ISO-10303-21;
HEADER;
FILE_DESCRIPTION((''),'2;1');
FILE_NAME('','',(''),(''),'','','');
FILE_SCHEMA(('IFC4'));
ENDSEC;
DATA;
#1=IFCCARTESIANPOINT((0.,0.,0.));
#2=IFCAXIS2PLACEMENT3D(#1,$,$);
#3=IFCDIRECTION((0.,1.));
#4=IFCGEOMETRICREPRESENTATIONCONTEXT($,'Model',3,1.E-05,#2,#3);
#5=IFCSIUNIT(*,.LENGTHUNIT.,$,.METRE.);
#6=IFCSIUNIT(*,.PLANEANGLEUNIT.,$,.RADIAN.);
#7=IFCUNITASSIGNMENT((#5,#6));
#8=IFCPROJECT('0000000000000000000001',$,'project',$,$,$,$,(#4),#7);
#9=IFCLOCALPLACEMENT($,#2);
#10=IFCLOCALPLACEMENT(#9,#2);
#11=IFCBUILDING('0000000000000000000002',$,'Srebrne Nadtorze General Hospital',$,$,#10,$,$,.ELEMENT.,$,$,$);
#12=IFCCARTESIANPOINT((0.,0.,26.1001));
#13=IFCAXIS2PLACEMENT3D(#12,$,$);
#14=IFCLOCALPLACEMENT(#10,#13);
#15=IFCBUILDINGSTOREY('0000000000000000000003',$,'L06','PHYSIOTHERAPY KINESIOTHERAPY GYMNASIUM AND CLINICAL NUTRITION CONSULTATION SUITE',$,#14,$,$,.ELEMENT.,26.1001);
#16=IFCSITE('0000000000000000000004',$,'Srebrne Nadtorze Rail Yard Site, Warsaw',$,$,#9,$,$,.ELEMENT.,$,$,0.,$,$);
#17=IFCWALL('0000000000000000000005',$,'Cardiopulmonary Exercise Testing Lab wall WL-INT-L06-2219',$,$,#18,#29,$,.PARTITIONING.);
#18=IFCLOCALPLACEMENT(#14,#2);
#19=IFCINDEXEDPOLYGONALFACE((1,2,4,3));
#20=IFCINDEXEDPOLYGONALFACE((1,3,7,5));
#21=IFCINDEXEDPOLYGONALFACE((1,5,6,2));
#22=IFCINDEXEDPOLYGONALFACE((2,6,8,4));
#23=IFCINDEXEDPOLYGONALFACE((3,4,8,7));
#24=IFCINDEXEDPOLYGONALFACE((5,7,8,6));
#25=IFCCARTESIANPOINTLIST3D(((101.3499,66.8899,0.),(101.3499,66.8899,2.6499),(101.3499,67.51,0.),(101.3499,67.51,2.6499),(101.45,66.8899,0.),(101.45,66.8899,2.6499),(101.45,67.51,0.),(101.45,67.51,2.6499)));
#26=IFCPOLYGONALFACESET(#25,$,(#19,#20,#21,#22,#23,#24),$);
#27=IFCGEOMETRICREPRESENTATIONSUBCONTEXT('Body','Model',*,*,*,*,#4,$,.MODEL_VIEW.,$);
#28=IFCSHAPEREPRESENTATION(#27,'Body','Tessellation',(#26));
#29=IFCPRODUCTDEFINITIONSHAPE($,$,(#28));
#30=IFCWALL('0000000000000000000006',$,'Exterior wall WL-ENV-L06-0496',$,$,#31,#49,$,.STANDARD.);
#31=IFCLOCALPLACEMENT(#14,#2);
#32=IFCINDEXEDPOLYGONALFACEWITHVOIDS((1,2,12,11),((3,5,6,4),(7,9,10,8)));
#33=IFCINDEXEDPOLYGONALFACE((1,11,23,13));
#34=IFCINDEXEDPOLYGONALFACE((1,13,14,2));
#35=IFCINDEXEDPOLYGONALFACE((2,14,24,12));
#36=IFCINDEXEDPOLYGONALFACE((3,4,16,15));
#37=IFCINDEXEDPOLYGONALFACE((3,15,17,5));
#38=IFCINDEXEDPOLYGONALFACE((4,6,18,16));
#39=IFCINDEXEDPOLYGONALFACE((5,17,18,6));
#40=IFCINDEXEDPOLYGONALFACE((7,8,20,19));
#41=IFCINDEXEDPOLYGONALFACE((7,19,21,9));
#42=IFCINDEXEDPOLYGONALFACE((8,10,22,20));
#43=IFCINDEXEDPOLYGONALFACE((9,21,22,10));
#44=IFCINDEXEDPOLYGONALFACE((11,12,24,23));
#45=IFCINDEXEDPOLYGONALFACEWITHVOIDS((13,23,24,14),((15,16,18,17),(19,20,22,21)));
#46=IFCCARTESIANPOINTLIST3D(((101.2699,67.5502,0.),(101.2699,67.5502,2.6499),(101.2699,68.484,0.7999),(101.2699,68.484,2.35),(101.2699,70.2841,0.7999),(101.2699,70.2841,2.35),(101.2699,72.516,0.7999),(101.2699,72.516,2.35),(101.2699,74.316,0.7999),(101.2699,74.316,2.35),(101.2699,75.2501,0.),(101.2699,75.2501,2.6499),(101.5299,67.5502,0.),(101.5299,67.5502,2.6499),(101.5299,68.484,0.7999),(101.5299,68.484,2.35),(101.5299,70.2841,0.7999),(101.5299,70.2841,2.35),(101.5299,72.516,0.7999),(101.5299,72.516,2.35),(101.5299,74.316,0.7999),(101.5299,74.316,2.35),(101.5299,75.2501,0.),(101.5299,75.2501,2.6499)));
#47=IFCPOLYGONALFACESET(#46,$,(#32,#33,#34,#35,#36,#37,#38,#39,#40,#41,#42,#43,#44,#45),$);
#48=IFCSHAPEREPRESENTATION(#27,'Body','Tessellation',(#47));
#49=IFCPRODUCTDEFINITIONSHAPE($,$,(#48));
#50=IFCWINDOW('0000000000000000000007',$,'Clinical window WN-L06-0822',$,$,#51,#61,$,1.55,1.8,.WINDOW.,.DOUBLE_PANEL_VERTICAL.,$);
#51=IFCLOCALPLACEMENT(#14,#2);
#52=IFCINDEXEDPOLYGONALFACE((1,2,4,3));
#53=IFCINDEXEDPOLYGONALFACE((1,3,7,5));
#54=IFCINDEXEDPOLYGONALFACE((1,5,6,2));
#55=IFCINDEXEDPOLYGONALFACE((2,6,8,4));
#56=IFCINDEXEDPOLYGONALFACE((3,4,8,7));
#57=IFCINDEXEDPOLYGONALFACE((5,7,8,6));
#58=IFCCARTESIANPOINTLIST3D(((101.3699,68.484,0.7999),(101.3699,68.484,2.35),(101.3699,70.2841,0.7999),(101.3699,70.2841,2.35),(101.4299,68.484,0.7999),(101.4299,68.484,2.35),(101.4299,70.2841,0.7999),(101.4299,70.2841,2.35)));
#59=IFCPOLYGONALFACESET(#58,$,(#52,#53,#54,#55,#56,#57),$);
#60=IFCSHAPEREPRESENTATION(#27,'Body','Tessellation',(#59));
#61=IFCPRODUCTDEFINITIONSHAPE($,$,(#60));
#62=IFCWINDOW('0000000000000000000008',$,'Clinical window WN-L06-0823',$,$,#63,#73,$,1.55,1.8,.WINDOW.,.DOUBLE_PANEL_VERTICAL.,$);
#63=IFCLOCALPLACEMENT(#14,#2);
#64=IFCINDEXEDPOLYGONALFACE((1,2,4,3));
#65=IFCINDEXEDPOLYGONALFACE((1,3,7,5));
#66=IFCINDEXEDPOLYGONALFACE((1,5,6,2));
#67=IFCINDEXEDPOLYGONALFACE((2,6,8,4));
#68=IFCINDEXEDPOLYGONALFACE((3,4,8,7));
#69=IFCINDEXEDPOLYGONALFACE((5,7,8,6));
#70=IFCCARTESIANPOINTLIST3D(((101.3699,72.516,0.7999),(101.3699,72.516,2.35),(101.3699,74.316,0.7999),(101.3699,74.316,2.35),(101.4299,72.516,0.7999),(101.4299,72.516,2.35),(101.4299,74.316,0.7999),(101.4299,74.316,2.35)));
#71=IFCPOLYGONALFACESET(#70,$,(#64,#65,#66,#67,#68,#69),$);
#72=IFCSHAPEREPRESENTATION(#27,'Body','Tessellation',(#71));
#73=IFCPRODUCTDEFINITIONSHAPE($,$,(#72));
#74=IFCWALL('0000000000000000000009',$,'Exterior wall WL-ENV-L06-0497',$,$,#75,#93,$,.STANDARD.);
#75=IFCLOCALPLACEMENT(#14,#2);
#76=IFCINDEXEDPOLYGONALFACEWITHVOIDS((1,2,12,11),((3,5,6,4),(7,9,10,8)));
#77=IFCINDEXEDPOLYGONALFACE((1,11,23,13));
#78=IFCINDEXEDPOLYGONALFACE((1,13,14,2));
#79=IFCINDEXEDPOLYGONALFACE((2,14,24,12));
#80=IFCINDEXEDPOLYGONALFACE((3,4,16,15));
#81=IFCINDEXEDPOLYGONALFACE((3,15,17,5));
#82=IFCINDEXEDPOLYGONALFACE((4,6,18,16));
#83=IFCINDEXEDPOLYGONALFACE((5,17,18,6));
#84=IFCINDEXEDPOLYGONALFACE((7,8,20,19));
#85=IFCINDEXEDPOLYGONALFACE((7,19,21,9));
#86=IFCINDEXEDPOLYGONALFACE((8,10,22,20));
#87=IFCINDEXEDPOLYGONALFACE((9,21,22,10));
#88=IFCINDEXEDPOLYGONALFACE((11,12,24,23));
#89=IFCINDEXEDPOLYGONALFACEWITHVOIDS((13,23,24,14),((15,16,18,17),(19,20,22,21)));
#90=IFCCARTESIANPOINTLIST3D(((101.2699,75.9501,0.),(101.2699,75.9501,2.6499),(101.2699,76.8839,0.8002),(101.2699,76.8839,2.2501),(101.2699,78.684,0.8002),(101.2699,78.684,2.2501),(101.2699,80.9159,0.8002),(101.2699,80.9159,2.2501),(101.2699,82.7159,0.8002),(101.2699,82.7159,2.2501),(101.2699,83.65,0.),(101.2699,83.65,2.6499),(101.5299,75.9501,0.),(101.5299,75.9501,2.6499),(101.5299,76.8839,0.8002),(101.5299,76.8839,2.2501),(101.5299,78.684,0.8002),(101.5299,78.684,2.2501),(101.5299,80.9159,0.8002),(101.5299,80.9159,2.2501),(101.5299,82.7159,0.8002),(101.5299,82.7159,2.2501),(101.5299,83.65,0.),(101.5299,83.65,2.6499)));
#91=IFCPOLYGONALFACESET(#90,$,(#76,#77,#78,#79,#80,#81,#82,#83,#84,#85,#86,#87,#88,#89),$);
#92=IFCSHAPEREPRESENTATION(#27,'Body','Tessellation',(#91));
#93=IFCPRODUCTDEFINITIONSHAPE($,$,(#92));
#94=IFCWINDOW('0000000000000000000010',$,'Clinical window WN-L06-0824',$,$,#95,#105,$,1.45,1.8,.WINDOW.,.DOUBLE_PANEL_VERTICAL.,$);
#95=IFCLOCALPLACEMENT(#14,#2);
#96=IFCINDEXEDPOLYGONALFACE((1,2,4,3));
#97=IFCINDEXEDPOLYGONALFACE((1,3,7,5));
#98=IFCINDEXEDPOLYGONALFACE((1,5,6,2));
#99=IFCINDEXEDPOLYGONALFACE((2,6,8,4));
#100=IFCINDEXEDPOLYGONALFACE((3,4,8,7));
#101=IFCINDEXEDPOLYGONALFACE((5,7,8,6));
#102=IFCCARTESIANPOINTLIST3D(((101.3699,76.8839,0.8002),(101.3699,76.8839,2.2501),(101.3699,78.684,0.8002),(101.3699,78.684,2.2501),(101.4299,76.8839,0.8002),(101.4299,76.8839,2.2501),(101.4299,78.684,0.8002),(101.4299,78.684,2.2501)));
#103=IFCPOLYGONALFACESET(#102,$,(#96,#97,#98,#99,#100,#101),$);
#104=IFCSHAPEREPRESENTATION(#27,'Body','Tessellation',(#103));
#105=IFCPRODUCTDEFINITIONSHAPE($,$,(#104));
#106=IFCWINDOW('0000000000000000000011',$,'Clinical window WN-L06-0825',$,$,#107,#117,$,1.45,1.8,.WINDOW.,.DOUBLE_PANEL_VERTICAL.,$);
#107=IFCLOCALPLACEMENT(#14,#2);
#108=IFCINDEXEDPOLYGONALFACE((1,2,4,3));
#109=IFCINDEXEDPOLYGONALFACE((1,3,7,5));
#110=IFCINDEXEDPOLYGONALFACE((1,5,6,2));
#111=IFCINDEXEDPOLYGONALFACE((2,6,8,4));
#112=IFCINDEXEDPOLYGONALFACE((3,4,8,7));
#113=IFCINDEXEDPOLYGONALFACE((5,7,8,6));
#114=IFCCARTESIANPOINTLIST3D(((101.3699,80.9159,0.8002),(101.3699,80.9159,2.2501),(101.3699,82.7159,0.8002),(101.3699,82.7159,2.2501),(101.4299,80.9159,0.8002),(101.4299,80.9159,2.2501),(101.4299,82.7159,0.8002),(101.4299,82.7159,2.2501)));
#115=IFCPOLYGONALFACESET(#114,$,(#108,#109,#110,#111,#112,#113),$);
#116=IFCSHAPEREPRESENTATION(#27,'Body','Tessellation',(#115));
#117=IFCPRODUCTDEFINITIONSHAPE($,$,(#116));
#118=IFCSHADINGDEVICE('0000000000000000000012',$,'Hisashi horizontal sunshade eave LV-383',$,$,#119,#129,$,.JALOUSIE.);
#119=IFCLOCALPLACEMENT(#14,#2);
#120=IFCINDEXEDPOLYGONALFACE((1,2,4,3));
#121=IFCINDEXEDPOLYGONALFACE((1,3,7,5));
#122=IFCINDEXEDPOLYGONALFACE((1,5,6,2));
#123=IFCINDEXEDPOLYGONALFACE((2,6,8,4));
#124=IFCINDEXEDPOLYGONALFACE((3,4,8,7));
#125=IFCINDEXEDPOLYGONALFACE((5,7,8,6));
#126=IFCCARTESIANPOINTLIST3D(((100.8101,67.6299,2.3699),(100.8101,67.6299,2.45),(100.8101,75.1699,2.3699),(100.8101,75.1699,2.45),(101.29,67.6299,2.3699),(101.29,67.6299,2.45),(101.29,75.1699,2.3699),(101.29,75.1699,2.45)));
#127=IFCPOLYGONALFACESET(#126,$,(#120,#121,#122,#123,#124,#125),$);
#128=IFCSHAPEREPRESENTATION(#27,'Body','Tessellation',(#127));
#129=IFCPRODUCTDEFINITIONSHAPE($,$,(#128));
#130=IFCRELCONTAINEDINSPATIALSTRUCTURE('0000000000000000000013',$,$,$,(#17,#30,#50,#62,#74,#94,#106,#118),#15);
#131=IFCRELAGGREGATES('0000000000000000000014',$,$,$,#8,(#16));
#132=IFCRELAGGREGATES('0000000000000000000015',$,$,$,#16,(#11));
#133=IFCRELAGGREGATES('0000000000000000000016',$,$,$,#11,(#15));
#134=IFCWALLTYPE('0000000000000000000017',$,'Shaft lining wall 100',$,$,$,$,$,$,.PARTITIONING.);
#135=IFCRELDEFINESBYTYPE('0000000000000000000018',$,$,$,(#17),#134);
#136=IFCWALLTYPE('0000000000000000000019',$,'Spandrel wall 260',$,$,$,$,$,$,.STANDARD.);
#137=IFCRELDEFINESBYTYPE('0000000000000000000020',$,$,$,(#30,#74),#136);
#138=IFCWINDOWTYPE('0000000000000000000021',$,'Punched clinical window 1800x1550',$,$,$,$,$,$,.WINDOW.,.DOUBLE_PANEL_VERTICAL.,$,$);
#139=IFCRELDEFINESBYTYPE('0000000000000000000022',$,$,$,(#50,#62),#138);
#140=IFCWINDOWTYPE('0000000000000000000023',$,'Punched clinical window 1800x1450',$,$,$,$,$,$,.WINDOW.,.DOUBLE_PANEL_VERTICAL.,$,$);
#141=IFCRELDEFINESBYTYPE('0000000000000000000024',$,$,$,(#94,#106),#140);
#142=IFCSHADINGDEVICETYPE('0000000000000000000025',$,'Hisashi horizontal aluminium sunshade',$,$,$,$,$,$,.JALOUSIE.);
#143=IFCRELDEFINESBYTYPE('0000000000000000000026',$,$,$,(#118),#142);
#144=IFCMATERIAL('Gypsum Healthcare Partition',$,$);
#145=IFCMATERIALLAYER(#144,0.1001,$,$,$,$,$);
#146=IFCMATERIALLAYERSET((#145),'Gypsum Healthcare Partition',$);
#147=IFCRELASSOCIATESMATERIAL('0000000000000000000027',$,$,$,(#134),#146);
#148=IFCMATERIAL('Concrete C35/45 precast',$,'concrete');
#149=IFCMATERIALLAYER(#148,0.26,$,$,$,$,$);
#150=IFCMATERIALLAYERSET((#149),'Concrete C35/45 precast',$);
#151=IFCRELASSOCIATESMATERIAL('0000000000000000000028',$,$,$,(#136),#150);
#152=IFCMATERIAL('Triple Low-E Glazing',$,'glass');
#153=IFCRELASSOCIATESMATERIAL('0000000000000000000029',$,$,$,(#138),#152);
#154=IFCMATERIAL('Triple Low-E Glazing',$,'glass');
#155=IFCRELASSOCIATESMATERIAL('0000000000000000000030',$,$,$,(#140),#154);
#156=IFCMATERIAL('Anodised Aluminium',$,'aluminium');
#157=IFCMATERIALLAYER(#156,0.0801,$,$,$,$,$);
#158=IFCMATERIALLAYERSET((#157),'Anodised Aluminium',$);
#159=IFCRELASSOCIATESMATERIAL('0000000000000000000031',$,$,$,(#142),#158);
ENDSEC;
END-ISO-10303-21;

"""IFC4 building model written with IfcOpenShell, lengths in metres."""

from ifc_helpers import new_model, si_unit, direction, frame, frame_2d, origin, origin_2d, place, context, subcontext, project, spatial, rectangle, extrude, material, layer, layer_set, type_object, element, fill, save


model = new_model("IFC4")

# Units and contexts
model_context = context("Model", 3, precision=1e-05, world=origin(), true_north=direction((0.0, 1.0)))
body_context = subcontext(model_context, "Body", "Model", "MODEL_VIEW")
ifc_project = project(units=[si_unit("LENGTHUNIT", "METRE"), si_unit("PLANEANGLEUNIT", "RADIAN")], contexts=[model_context])

# Site, building, storey
site_placement = place(None, origin())
site = spatial("IfcSite", under=ifc_project, at=site_placement, Name="Srebrne Nadtorze Rail Yard Site, Warsaw", CompositionType="ELEMENT", RefElevation=0.0)
building_placement = place(site_placement, origin())
building = spatial("IfcBuilding", under=site, at=building_placement, Name="Srebrne Nadtorze General Hospital", CompositionType="ELEMENT")
storey_placement = place(building_placement, frame((0.0, 0.0, 26.1001)))
storey = spatial("IfcBuildingStorey", under=building, at=storey_placement, Name="L06", Description="PHYSIOTHERAPY KINESIOTHERAPY GYMNASIUM AND CLINICAL NUTRITION CONSULTATION SUITE", CompositionType="ELEMENT", Elevation=26.1001)

# Shared definitions
ifc_material_1 = material(Name="Gypsum Healthcare Partition")
ifc_layer_1 = layer(ifc_material_1, 0.1001)
ifc_layer_set_1 = layer_set([ifc_layer_1], Name="Gypsum Healthcare Partition")
wall_type_1 = type_object("IfcWallType", Name="Shaft lining wall 100", PredefinedType="PARTITIONING", material=ifc_layer_set_1)

# Wall
wall_1_placement = place(storey_placement, frame((101.3999, 66.8899, 0.0), z_axis=(0.0, 0.0, 1.0), x_axis=(0.0, 1.0, 0.0)))
element("IfcWall", 1, at=wall_1_placement, inside=storey, type_object=wall_type_1, Name="Cardiopulmonary Exercise Testing Lab wall WL-INT-L06-2219", PredefinedType="PARTITIONING", context=body_context, shape_type="SweptSolid", body=[
    extrude(rectangle(XDim=0.6201, YDim=0.1001, at=frame_2d((0.3101, 0.0))), origin(), (0.0, 0.0, 1.0), 2.6499),
])

# Walls, openings, windows
ifc_material_2 = material(Name="Concrete C35/45 precast", Category="concrete")
ifc_layer_2 = layer(ifc_material_2, 0.26)
ifc_layer_set_2 = layer_set([ifc_layer_2], Name="Concrete C35/45 precast")
wall_type_2 = type_object("IfcWallType", Name="Spandrel wall 260", PredefinedType="STANDARD", material=ifc_layer_set_2)
wall_2_placement = place(storey_placement, frame((101.3999, 67.55, 0.0), z_axis=(0.0, 0.0, 1.0), x_axis=(0.0, 1.0, 0.0)))
wall_2 = element("IfcWall", 2, at=wall_2_placement, inside=storey, type_object=wall_type_2, Name="Exterior wall WL-ENV-L06-0496", PredefinedType="STANDARD", context=body_context, shape_type="SweptSolid", body=[
    extrude(rectangle(XDim=7.7, YDim=0.26, at=frame_2d((3.8501, 0.0))), origin(), (0.0, 0.0, 1.0), 2.6499),
])
opening_1_placement = place(wall_2_placement, frame((0.9341, 0.0, 0.8)))
opening_1 = element("IfcOpeningElement", 3, at=opening_1_placement, cuts=wall_2, PredefinedType="OPENING", context=body_context, shape_type="SweptSolid", body=[
    extrude(rectangle(XDim=1.8, YDim=1.55, at=frame_2d((0.8999, 0.7749))), frame((0.0, 0.1421, 0.0), z_axis=(0.0, -1.0, 0.0), x_axis=(1.0, 0.0, 0.0)), (0.0, 0.0, 1.0), 0.2839),
])
opening_2_placement = place(wall_2_placement, frame((4.9661, 0.0, 0.8)))
opening_2 = element("IfcOpeningElement", 4, at=opening_2_placement, cuts=wall_2, PredefinedType="OPENING", context=body_context, shape_type="SweptSolid", body=[
    extrude(rectangle(XDim=1.8, YDim=1.55, at=frame_2d((0.8999, 0.7749))), frame((0.0, 0.1421, 0.0), z_axis=(0.0, -1.0, 0.0), x_axis=(1.0, 0.0, 0.0)), (0.0, 0.0, 1.0), 0.2839),
])
ifc_material_3 = material(Name="Triple Low-E Glazing", Category="glass")
window_type_1 = type_object("IfcWindowType", Name="Punched clinical window 1800x1550", PartitioningType="DOUBLE_PANEL_VERTICAL", PredefinedType="WINDOW", material=ifc_material_3)
window_1_placement = place(opening_1_placement, origin())
window_1 = element("IfcWindow", 5, at=window_1_placement, inside=storey, type_object=window_type_1, Name="Clinical window WN-L06-0822", OverallHeight=1.55, OverallWidth=1.8, PartitioningType="DOUBLE_PANEL_VERTICAL", PredefinedType="WINDOW", context=body_context, shape_type="SweptSolid", body=[
    extrude(rectangle(XDim=1.8, YDim=1.55, at=frame_2d((0.8999, 0.7749))), frame((0.0, 0.03, 0.0), z_axis=(0.0, -1.0, 0.0), x_axis=(1.0, 0.0, 0.0)), (0.0, 0.0, 1.0), 0.0601),
])
fill(opening_1, window_1)
window_2_placement = place(opening_2_placement, origin())
window_2 = element("IfcWindow", 6, at=window_2_placement, inside=storey, type_object=window_type_1, Name="Clinical window WN-L06-0823", OverallHeight=1.55, OverallWidth=1.8, PartitioningType="DOUBLE_PANEL_VERTICAL", PredefinedType="WINDOW", context=body_context, shape_type="SweptSolid", body=[
    extrude(rectangle(XDim=1.8, YDim=1.55, at=frame_2d((0.8999, 0.7749))), frame((0.0, 0.03, 0.0), z_axis=(0.0, -1.0, 0.0), x_axis=(1.0, 0.0, 0.0)), (0.0, 0.0, 1.0), 0.0601),
])
fill(opening_2, window_2)
wall_3_placement = place(storey_placement, frame((101.3999, 75.95, 0.0), z_axis=(0.0, 0.0, 1.0), x_axis=(0.0, 1.0, 0.0)))
wall_3 = element("IfcWall", 7, at=wall_3_placement, inside=storey, type_object=wall_type_2, Name="Exterior wall WL-ENV-L06-0497", PredefinedType="STANDARD", context=body_context, shape_type="SweptSolid", body=[
    extrude(rectangle(XDim=7.7, YDim=0.26, at=frame_2d((3.8501, 0.0))), origin(), (0.0, 0.0, 1.0), 2.6499),
])
opening_3_placement = place(wall_3_placement, frame((0.9341, 0.0, 0.8)))
opening_3 = element("IfcOpeningElement", 8, at=opening_3_placement, cuts=wall_3, PredefinedType="OPENING", context=body_context, shape_type="SweptSolid", body=[
    extrude(rectangle(XDim=1.8, YDim=1.45, at=frame_2d((0.8999, 0.7251))), frame((0.0, 0.1421, 0.0), z_axis=(0.0, -1.0, 0.0), x_axis=(1.0, 0.0, 0.0)), (0.0, 0.0, 1.0), 0.2839),
])
opening_4_placement = place(wall_3_placement, frame((4.9661, 0.0, 0.8)))
opening_4 = element("IfcOpeningElement", 9, at=opening_4_placement, cuts=wall_3, PredefinedType="OPENING", context=body_context, shape_type="SweptSolid", body=[
    extrude(rectangle(XDim=1.8, YDim=1.45, at=frame_2d((0.8999, 0.7251))), frame((0.0, 0.1421, 0.0), z_axis=(0.0, -1.0, 0.0), x_axis=(1.0, 0.0, 0.0)), (0.0, 0.0, 1.0), 0.2839),
])
ifc_material_4 = material(Name="Triple Low-E Glazing", Category="glass")
window_type_2 = type_object("IfcWindowType", Name="Punched clinical window 1800x1450", PartitioningType="DOUBLE_PANEL_VERTICAL", PredefinedType="WINDOW", material=ifc_material_4)
window_3_placement = place(opening_3_placement, origin())
window_3 = element("IfcWindow", 10, at=window_3_placement, inside=storey, type_object=window_type_2, Name="Clinical window WN-L06-0824", OverallHeight=1.45, OverallWidth=1.8, PartitioningType="DOUBLE_PANEL_VERTICAL", PredefinedType="WINDOW", context=body_context, shape_type="SweptSolid", body=[
    extrude(rectangle(XDim=1.8, YDim=1.45, at=frame_2d((0.8999, 0.7251))), frame((0.0, 0.03, 0.0), z_axis=(0.0, -1.0, 0.0), x_axis=(1.0, 0.0, 0.0)), (0.0, 0.0, 1.0), 0.0601),
])
fill(opening_3, window_3)
window_4_placement = place(opening_4_placement, origin())
window_4 = element("IfcWindow", 11, at=window_4_placement, inside=storey, type_object=window_type_2, Name="Clinical window WN-L06-0825", OverallHeight=1.45, OverallWidth=1.8, PartitioningType="DOUBLE_PANEL_VERTICAL", PredefinedType="WINDOW", context=body_context, shape_type="SweptSolid", body=[
    extrude(rectangle(XDim=1.8, YDim=1.45, at=frame_2d((0.8999, 0.7251))), frame((0.0, 0.03, 0.0), z_axis=(0.0, -1.0, 0.0), x_axis=(1.0, 0.0, 0.0)), (0.0, 0.0, 1.0), 0.0601),
])
fill(opening_4, window_4)

# Shading device
ifc_material_5 = material(Name="Anodised Aluminium", Category="aluminium")
ifc_layer_3 = layer(ifc_material_5, 0.0801)
ifc_layer_set_3 = layer_set([ifc_layer_3], Name="Anodised Aluminium")
shading_device_type = type_object("IfcShadingDeviceType", Name="Hisashi horizontal aluminium sunshade", PredefinedType="JALOUSIE", material=ifc_layer_set_3)
shading_device_placement = place(storey_placement, frame((101.05, 71.3999, 2.3699), z_axis=(0.0, 0.0, 1.0), x_axis=(1.0, 0.0, 0.0)))
element("IfcShadingDevice", 12, at=shading_device_placement, inside=storey, type_object=shading_device_type, Name="Hisashi horizontal sunshade eave LV-383", PredefinedType="JALOUSIE", context=body_context, shape_type="SweptSolid", body=[
    extrude(rectangle(XDim=0.48, YDim=7.54, at=origin_2d()), origin(), (0.0, 0.0, 1.0), 0.0801),
])

save(model, "model.ifc")
